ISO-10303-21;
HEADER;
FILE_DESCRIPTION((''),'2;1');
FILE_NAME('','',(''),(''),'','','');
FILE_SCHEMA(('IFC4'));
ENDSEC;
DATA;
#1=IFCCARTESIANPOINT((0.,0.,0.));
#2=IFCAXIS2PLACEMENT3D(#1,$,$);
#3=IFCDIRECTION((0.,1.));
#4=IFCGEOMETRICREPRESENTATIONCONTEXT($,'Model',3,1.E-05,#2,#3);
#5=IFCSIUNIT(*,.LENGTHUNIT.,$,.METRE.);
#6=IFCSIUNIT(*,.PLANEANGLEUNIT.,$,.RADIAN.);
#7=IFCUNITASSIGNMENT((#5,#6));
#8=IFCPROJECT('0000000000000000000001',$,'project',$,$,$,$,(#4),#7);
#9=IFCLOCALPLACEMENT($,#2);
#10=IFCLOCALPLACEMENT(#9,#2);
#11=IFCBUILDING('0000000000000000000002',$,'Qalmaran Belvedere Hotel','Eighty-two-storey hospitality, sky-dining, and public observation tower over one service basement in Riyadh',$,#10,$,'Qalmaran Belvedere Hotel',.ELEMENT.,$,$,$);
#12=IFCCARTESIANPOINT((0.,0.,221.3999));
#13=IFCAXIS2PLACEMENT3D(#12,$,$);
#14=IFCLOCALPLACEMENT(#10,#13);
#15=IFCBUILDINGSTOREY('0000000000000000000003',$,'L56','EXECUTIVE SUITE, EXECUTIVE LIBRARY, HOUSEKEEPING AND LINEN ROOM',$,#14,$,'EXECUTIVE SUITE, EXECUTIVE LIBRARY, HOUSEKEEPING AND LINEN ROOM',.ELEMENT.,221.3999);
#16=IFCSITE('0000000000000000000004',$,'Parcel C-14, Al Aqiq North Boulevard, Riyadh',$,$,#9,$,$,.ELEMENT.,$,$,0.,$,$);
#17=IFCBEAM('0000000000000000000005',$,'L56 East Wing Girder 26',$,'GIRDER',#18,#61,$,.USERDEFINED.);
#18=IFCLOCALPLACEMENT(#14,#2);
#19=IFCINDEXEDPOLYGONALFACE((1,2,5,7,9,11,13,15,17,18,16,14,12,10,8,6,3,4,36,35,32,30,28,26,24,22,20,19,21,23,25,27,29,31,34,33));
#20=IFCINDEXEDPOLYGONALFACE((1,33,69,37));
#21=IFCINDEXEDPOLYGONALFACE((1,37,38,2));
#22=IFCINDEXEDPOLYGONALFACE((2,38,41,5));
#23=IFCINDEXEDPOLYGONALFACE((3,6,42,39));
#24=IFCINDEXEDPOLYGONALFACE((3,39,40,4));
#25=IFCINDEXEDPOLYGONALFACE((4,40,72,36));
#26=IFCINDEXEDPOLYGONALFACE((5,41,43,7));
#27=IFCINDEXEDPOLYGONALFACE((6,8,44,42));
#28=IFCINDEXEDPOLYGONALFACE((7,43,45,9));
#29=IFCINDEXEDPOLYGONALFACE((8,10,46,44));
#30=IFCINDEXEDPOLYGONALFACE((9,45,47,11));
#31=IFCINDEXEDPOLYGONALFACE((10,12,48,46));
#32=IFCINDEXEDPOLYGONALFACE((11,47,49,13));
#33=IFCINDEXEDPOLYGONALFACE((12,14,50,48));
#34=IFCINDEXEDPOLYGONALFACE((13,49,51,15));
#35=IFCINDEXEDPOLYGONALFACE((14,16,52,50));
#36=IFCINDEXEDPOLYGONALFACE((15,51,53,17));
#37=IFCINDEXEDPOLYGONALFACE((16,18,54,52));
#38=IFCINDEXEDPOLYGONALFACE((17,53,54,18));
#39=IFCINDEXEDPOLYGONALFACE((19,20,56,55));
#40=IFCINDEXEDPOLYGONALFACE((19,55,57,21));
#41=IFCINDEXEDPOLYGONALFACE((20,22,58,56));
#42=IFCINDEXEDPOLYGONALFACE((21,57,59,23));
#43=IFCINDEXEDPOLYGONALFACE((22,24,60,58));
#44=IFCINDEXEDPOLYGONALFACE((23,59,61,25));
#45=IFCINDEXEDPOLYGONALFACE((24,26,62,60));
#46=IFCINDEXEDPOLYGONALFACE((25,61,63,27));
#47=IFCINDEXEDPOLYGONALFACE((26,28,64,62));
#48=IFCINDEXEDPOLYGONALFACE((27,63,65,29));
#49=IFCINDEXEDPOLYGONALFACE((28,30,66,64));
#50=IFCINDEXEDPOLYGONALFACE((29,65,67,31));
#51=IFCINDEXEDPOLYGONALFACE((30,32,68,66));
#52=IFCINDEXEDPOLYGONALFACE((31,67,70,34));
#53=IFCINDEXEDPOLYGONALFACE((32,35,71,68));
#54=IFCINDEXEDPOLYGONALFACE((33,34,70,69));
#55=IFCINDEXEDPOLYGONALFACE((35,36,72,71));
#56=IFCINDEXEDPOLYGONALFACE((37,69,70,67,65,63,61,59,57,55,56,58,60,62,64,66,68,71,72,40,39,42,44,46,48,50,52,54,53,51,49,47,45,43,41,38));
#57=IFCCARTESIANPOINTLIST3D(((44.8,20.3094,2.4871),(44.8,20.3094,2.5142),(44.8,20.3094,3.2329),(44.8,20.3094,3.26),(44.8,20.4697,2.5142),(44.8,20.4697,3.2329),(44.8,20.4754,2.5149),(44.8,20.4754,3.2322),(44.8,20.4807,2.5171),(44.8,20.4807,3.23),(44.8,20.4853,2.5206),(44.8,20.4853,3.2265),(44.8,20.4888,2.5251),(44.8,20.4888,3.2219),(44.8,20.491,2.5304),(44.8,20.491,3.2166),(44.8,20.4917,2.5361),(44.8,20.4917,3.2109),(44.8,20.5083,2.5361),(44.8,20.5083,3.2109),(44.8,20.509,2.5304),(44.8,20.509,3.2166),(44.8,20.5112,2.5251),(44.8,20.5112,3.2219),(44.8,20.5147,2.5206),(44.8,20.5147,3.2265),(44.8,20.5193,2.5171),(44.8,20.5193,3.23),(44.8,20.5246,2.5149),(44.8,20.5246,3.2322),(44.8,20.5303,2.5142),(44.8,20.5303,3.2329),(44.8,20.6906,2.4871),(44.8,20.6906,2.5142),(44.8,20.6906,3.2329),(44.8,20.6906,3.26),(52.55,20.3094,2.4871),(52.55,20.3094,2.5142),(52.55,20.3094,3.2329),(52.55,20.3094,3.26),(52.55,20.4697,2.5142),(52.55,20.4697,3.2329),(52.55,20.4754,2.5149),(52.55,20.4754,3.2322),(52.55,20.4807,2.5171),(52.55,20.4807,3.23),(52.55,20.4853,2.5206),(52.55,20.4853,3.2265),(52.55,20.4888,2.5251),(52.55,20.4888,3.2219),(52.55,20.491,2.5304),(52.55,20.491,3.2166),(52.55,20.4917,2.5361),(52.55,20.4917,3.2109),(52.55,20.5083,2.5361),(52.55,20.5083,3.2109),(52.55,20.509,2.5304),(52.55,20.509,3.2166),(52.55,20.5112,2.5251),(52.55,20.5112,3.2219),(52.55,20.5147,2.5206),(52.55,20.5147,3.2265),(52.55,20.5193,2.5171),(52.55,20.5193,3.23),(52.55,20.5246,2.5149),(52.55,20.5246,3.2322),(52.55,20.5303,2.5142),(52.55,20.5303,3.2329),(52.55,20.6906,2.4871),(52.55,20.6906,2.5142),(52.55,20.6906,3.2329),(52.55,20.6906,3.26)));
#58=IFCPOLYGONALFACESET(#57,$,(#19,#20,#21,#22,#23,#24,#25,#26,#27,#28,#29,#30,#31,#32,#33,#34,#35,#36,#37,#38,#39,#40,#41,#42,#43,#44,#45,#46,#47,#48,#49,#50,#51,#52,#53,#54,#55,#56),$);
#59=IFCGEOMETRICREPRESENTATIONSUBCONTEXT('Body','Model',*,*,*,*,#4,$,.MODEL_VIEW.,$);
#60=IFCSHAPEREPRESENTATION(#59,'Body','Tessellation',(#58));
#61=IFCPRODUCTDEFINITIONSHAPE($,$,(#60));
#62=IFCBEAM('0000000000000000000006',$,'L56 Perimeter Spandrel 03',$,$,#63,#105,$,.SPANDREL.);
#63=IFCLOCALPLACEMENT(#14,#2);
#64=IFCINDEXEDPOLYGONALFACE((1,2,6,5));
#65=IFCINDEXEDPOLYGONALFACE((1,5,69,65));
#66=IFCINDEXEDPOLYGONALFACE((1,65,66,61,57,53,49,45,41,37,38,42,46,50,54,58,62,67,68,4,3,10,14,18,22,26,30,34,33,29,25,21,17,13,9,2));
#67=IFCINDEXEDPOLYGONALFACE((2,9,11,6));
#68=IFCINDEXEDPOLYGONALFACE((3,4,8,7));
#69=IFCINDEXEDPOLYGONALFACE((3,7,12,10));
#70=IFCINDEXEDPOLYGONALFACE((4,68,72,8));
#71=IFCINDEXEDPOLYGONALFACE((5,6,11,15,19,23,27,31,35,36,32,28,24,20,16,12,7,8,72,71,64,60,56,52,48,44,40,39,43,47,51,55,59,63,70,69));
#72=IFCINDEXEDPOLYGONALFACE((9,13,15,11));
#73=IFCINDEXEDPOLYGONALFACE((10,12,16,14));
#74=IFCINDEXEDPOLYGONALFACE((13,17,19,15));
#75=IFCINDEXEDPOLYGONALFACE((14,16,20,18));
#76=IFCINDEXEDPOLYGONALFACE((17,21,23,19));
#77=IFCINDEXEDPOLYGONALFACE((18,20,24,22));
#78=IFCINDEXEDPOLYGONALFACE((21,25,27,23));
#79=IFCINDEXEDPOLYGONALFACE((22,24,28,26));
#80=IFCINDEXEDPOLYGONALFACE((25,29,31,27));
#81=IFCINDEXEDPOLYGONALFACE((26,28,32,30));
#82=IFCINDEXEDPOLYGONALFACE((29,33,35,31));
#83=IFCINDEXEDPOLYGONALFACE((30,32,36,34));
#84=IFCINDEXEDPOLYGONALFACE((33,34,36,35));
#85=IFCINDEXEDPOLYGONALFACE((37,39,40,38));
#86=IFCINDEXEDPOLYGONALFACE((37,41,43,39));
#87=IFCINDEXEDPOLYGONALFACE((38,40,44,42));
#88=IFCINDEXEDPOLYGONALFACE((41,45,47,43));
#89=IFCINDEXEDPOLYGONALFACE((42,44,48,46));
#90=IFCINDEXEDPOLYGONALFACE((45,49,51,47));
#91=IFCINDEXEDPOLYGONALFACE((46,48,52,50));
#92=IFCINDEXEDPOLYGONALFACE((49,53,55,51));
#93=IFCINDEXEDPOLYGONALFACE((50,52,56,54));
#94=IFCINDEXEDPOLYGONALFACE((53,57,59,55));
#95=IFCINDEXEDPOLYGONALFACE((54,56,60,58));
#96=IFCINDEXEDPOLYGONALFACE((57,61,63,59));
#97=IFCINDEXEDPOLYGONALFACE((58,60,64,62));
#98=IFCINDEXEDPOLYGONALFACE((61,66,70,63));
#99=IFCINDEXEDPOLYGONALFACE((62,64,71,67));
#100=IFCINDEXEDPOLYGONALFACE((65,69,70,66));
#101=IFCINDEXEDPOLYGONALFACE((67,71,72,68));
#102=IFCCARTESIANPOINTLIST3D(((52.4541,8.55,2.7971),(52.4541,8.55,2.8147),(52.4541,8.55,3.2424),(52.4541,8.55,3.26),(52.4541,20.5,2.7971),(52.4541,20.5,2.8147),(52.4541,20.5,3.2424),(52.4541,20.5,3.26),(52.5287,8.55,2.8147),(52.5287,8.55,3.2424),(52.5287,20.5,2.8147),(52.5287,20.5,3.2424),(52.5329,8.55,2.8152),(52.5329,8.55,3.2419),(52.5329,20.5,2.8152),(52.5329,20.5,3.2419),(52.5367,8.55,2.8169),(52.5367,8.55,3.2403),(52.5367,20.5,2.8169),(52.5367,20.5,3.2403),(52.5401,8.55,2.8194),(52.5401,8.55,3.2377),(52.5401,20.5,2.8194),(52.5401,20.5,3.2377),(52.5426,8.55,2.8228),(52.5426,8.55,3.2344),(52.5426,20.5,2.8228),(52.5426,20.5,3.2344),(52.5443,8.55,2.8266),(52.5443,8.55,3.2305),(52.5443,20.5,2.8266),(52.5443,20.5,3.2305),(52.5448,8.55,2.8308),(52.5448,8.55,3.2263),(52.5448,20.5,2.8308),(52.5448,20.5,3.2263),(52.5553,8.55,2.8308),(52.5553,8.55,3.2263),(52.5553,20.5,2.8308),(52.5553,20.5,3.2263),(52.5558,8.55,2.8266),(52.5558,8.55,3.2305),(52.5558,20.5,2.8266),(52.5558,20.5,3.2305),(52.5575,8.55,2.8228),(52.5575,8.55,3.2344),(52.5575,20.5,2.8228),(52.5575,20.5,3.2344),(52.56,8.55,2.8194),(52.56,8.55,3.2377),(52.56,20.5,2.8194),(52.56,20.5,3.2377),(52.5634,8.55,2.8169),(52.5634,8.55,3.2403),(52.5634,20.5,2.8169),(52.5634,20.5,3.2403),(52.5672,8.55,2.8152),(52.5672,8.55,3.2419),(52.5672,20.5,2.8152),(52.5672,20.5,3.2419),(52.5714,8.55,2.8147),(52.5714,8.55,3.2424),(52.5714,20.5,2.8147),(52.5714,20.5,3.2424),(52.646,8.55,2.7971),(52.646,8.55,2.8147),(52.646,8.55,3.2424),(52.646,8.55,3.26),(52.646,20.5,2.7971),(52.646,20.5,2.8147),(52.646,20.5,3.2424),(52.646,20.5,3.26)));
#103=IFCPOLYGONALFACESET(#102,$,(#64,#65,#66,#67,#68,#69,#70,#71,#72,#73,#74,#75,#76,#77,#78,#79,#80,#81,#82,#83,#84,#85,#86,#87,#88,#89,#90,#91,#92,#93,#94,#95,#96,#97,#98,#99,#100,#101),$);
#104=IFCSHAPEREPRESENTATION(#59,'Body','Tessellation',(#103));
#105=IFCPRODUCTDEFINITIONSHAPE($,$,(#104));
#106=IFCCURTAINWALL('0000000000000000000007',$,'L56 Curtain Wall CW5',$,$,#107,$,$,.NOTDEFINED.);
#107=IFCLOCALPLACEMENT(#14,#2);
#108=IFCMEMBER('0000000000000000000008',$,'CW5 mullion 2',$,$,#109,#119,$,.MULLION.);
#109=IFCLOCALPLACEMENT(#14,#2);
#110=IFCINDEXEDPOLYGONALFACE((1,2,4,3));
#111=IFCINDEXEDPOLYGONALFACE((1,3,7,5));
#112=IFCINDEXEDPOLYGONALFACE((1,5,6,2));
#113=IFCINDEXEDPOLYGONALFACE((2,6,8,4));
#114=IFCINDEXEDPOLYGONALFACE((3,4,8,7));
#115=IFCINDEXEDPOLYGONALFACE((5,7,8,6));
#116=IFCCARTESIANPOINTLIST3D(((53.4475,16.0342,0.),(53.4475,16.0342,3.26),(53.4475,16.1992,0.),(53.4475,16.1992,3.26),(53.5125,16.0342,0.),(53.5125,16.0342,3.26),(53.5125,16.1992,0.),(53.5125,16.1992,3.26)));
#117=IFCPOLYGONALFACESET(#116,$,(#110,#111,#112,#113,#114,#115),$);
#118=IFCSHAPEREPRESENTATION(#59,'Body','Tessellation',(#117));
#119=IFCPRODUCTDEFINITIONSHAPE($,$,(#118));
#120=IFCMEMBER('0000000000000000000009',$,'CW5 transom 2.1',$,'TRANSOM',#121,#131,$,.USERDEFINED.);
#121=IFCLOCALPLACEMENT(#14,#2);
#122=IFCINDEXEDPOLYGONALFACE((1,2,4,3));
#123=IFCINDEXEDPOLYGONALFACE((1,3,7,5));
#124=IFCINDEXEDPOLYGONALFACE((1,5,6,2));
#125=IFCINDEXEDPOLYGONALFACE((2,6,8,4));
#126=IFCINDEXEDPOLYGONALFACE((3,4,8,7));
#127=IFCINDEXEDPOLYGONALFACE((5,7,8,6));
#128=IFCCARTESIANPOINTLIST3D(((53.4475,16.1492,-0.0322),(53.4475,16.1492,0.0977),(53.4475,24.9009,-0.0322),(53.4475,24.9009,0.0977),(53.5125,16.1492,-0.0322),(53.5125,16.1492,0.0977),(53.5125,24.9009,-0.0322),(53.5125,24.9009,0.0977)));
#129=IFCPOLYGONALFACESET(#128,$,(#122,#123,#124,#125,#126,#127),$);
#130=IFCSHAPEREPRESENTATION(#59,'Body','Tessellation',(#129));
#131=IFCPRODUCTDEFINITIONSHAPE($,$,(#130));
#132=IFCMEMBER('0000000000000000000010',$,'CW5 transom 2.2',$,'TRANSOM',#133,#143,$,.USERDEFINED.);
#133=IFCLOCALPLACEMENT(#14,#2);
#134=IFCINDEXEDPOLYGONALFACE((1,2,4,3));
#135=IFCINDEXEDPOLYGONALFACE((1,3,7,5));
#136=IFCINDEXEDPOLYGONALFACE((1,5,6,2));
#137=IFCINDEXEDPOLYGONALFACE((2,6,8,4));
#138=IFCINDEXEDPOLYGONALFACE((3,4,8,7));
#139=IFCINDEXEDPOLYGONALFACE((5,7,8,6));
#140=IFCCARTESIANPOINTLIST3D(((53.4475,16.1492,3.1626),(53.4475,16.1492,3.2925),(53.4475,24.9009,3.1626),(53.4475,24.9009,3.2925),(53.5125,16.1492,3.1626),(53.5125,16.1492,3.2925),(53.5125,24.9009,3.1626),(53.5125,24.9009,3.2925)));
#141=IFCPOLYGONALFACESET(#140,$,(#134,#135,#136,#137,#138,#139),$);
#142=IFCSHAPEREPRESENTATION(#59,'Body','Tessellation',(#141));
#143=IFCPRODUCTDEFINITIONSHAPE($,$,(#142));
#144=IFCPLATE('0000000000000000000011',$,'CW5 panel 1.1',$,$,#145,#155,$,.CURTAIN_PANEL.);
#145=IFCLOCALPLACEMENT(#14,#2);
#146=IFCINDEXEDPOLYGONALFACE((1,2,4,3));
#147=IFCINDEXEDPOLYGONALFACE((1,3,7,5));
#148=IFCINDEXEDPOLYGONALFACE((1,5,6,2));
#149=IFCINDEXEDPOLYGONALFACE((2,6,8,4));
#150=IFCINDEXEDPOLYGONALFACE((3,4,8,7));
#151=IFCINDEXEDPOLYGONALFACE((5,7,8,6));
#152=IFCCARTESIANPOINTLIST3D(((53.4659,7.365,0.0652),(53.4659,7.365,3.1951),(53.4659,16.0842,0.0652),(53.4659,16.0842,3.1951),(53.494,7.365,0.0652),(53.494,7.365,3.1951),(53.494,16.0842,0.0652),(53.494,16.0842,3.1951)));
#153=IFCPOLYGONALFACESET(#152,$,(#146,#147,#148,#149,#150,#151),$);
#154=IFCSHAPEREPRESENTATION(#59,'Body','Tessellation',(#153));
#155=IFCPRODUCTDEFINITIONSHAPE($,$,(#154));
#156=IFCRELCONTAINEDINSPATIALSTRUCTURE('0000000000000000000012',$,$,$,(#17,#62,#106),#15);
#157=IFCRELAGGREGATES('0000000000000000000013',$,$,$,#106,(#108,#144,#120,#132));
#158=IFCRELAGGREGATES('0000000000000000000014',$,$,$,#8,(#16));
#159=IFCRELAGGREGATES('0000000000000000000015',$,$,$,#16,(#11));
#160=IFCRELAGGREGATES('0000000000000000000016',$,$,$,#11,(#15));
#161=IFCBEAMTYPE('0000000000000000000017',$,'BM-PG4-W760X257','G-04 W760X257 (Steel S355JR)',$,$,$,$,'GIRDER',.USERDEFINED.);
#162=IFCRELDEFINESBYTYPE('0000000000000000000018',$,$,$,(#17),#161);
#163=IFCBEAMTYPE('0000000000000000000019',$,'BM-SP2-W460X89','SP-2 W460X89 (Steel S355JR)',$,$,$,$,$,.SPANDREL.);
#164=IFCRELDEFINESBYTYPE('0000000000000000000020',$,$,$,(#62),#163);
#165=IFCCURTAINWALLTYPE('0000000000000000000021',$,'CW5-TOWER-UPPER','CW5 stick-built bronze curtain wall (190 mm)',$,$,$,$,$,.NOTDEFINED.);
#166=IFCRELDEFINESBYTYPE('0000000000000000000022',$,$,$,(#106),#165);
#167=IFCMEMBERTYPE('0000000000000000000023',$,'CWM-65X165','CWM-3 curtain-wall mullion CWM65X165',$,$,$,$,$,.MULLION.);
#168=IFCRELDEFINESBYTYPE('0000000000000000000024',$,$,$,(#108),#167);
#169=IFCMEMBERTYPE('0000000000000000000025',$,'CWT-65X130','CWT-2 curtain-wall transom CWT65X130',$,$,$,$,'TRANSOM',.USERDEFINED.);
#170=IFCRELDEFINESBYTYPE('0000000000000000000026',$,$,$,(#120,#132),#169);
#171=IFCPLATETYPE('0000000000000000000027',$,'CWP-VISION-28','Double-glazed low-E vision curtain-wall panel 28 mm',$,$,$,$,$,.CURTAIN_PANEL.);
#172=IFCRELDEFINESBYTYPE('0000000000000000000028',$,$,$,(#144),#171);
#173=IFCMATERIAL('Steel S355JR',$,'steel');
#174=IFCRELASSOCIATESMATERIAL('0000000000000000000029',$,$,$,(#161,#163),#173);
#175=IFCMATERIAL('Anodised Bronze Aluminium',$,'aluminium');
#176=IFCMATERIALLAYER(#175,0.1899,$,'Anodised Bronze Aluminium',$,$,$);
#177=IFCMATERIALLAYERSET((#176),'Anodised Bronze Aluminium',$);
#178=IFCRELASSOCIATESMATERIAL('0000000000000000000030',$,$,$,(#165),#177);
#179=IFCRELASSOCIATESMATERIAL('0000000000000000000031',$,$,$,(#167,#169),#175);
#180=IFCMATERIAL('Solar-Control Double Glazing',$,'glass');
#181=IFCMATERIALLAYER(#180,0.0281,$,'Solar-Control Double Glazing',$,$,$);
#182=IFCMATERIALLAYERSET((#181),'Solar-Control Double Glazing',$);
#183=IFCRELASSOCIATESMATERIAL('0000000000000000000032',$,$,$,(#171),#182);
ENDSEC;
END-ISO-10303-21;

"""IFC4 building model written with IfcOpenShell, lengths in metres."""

from ifc_helpers import new_model, si_unit, direction, frame, origin, origin_2d, place, context, subcontext, project, spatial, rectangle, i_section, extrude, material, layer, layer_set, material_profile, profile_set, type_object, element, aggregate, save


model = new_model("IFC4")

# Units and contexts
model_context = context("Model", 3, precision=1e-05, world=origin(), true_north=direction((0.0, 1.0)))
body_context = subcontext(model_context, "Body", "Model", "MODEL_VIEW")
ifc_project = project(units=[si_unit("LENGTHUNIT", "METRE"), si_unit("PLANEANGLEUNIT", "RADIAN")], contexts=[model_context])

# Site, building, storey
site_placement = place(None, origin())
site = spatial("IfcSite", under=ifc_project, at=site_placement, Name="Parcel C-14, Al Aqiq North Boulevard, Riyadh", CompositionType="ELEMENT", RefElevation=0.0)
building_placement = place(site_placement, origin())
building = spatial("IfcBuilding", under=site, at=building_placement, Name="Qalmaran Belvedere Hotel", Description="Eighty-two-storey hospitality, sky-dining, and public observation tower over one service basement in Riyadh", LongName="Qalmaran Belvedere Hotel", CompositionType="ELEMENT")
storey_placement = place(building_placement, frame((0.0, 0.0, 221.3999)))
storey = spatial("IfcBuildingStorey", under=building, at=storey_placement, Name="L56", Description="EXECUTIVE SUITE, EXECUTIVE LIBRARY, HOUSEKEEPING AND LINEN ROOM", LongName="EXECUTIVE SUITE, EXECUTIVE LIBRARY, HOUSEKEEPING AND LINEN ROOM", CompositionType="ELEMENT", Elevation=221.3999)

# Beams
ifc_material_1 = material(Name="Steel S355JR", Category="steel")
ifc_material_profile_1 = material_profile(ifc_material_1, i_section(OverallWidth=0.3811, OverallDepth=0.7729, WebThickness=0.0166, FlangeThickness=0.0271, FilletRadius=0.022, at=origin_2d()), Name="W760X257")
ifc_profile_set_1 = profile_set([ifc_material_profile_1], Name="Steel S355JR")
beam_type_1 = type_object("IfcBeamType", Name="BM-PG4-W760X257", Description="G-04 W760X257 (Steel S355JR)", ElementType="GIRDER", PredefinedType="USERDEFINED", material=ifc_profile_set_1)
beam_1_placement = place(storey_placement, frame((44.8, 20.5, 2.8735), z_axis=(1.0, 0.0, 0.0), x_axis=(0.0, 1.0, 0.0)))
element("IfcBeam", 1, at=beam_1_placement, inside=storey, type_object=beam_type_1, Name="L56 East Wing Girder 26", ObjectType="GIRDER", PredefinedType="USERDEFINED", context=body_context, shape_type="SweptSolid", body=[
    extrude(i_section(OverallWidth=0.3811, OverallDepth=0.7729, WebThickness=0.0166, FlangeThickness=0.0271, FilletRadius=0.022, at=origin_2d()), origin(), (0.0, 0.0, 1.0), 7.75),
])
ifc_material_profile_2 = material_profile(ifc_material_1, i_section(OverallWidth=0.1919, OverallDepth=0.4629, WebThickness=0.0105, FlangeThickness=0.0176, FilletRadius=0.0161, at=origin_2d()), Name="W460X89")
ifc_profile_set_2 = profile_set([ifc_material_profile_2], Name="Steel S355JR")
beam_type_2 = type_object("IfcBeamType", Name="BM-SP2-W460X89", Description="SP-2 W460X89 (Steel S355JR)", PredefinedType="SPANDREL", material=ifc_profile_set_2)
beam_2_placement = place(storey_placement, frame((52.55, 8.55, 3.0286), z_axis=(0.0, 1.0, 0.0), x_axis=(-1.0, 0.0, 0.0)))
element("IfcBeam", 2, at=beam_2_placement, inside=storey, type_object=beam_type_2, Name="L56 Perimeter Spandrel 03", PredefinedType="SPANDREL", context=body_context, shape_type="SweptSolid", body=[
    extrude(i_section(OverallWidth=0.1919, OverallDepth=0.4629, WebThickness=0.0105, FlangeThickness=0.0176, FilletRadius=0.0161, at=origin_2d()), origin(), (0.0, 0.0, 1.0), 11.95),
])

# Curtain wall, members, plate
ifc_material_2 = material(Name="Anodised Bronze Aluminium", Category="aluminium")
ifc_layer_1 = layer(ifc_material_2, 0.1899, Name="Anodised Bronze Aluminium")
ifc_layer_set_1 = layer_set([ifc_layer_1], Name="Anodised Bronze Aluminium")
curtain_wall_type = type_object("IfcCurtainWallType", Name="CW5-TOWER-UPPER", Description="CW5 stick-built bronze curtain wall (190 mm)", PredefinedType="NOTDEFINED", material=ifc_layer_set_1)
curtain_wall_placement = place(storey_placement, origin())
curtain_wall = element("IfcCurtainWall", 3, at=curtain_wall_placement, inside=storey, type_object=curtain_wall_type, Name="L56 Curtain Wall CW5", PredefinedType="NOTDEFINED")
ifc_material_profile_3 = material_profile(ifc_material_2, rectangle(XDim=0.0649, YDim=0.165, at=origin_2d()), Name="CWM65X165")
ifc_profile_set_3 = profile_set([ifc_material_profile_3], Name="Anodised Bronze Aluminium")
member_type_1 = type_object("IfcMemberType", Name="CWM-65X165", Description="CWM-3 curtain-wall mullion CWM65X165", PredefinedType="MULLION", material=ifc_profile_set_3)
member_1_placement = place(storey_placement, frame((53.48, 16.1167, 0.0), z_axis=(0.0, 0.0, 1.0), x_axis=(-1.0, 0.0, 0.0)))
member_1 = element("IfcMember", 4, at=member_1_placement, type_object=member_type_1, Name="CW5 mullion 2", PredefinedType="MULLION", context=body_context, shape_type="SweptSolid", body=[
    extrude(rectangle(XDim=0.0649, YDim=0.165, at=origin_2d()), origin(), (0.0, 0.0, 1.0), 3.26),
])
ifc_material_profile_4 = material_profile(ifc_material_2, rectangle(XDim=0.0649, YDim=0.1299, at=origin_2d()), Name="CWT65X130")
ifc_profile_set_4 = profile_set([ifc_material_profile_4], Name="Anodised Bronze Aluminium")
member_type_2 = type_object("IfcMemberType", Name="CWT-65X130", Description="CWT-2 curtain-wall transom CWT65X130", ElementType="TRANSOM", PredefinedType="USERDEFINED", material=ifc_profile_set_4)
member_2_placement = place(storey_placement, frame((53.48, 16.1492, 0.0327), z_axis=(0.0, 1.0, 0.0), x_axis=(-1.0, 0.0, 0.0)))
member_2 = element("IfcMember", 5, at=member_2_placement, type_object=member_type_2, Name="CW5 transom 2.1", ObjectType="TRANSOM", PredefinedType="USERDEFINED", context=body_context, shape_type="SweptSolid", body=[
    extrude(rectangle(XDim=0.0649, YDim=0.1299, at=origin_2d()), origin(), (0.0, 0.0, 1.0), 8.7517),
])
member_3_placement = place(storey_placement, frame((53.48, 16.1492, 3.2275), z_axis=(0.0, 1.0, 0.0), x_axis=(-1.0, 0.0, 0.0)))
member_3 = element("IfcMember", 6, at=member_3_placement, type_object=member_type_2, Name="CW5 transom 2.2", ObjectType="TRANSOM", PredefinedType="USERDEFINED", context=body_context, shape_type="SweptSolid", body=[
    extrude(rectangle(XDim=0.0649, YDim=0.1299, at=origin_2d()), origin(), (0.0, 0.0, 1.0), 8.7517),
])
ifc_material_3 = material(Name="Solar-Control Double Glazing", Category="glass")
ifc_layer_2 = layer(ifc_material_3, 0.0281, Name="Solar-Control Double Glazing")
ifc_layer_set_2 = layer_set([ifc_layer_2], Name="Solar-Control Double Glazing")
plate_type = type_object("IfcPlateType", Name="CWP-VISION-28", Description="Double-glazed low-E vision curtain-wall panel 28 mm", PredefinedType="CURTAIN_PANEL", material=ifc_layer_set_2)
plate_placement = place(storey_placement, frame((53.48, 11.7246, 0.0652), z_axis=(0.0, 0.0, 1.0), x_axis=(0.0, 1.0, 0.0)))
plate = element("IfcPlate", 7, at=plate_placement, type_object=plate_type, Name="CW5 panel 1.1", PredefinedType="CURTAIN_PANEL", context=body_context, shape_type="SweptSolid", body=[
    extrude(rectangle(XDim=8.7192, YDim=0.0281, at=origin_2d()), origin(), (0.0, 0.0, 1.0), 3.1299),
])
aggregate(curtain_wall, [member_1, plate, member_2, member_3])

save(model, "model.ifc")
